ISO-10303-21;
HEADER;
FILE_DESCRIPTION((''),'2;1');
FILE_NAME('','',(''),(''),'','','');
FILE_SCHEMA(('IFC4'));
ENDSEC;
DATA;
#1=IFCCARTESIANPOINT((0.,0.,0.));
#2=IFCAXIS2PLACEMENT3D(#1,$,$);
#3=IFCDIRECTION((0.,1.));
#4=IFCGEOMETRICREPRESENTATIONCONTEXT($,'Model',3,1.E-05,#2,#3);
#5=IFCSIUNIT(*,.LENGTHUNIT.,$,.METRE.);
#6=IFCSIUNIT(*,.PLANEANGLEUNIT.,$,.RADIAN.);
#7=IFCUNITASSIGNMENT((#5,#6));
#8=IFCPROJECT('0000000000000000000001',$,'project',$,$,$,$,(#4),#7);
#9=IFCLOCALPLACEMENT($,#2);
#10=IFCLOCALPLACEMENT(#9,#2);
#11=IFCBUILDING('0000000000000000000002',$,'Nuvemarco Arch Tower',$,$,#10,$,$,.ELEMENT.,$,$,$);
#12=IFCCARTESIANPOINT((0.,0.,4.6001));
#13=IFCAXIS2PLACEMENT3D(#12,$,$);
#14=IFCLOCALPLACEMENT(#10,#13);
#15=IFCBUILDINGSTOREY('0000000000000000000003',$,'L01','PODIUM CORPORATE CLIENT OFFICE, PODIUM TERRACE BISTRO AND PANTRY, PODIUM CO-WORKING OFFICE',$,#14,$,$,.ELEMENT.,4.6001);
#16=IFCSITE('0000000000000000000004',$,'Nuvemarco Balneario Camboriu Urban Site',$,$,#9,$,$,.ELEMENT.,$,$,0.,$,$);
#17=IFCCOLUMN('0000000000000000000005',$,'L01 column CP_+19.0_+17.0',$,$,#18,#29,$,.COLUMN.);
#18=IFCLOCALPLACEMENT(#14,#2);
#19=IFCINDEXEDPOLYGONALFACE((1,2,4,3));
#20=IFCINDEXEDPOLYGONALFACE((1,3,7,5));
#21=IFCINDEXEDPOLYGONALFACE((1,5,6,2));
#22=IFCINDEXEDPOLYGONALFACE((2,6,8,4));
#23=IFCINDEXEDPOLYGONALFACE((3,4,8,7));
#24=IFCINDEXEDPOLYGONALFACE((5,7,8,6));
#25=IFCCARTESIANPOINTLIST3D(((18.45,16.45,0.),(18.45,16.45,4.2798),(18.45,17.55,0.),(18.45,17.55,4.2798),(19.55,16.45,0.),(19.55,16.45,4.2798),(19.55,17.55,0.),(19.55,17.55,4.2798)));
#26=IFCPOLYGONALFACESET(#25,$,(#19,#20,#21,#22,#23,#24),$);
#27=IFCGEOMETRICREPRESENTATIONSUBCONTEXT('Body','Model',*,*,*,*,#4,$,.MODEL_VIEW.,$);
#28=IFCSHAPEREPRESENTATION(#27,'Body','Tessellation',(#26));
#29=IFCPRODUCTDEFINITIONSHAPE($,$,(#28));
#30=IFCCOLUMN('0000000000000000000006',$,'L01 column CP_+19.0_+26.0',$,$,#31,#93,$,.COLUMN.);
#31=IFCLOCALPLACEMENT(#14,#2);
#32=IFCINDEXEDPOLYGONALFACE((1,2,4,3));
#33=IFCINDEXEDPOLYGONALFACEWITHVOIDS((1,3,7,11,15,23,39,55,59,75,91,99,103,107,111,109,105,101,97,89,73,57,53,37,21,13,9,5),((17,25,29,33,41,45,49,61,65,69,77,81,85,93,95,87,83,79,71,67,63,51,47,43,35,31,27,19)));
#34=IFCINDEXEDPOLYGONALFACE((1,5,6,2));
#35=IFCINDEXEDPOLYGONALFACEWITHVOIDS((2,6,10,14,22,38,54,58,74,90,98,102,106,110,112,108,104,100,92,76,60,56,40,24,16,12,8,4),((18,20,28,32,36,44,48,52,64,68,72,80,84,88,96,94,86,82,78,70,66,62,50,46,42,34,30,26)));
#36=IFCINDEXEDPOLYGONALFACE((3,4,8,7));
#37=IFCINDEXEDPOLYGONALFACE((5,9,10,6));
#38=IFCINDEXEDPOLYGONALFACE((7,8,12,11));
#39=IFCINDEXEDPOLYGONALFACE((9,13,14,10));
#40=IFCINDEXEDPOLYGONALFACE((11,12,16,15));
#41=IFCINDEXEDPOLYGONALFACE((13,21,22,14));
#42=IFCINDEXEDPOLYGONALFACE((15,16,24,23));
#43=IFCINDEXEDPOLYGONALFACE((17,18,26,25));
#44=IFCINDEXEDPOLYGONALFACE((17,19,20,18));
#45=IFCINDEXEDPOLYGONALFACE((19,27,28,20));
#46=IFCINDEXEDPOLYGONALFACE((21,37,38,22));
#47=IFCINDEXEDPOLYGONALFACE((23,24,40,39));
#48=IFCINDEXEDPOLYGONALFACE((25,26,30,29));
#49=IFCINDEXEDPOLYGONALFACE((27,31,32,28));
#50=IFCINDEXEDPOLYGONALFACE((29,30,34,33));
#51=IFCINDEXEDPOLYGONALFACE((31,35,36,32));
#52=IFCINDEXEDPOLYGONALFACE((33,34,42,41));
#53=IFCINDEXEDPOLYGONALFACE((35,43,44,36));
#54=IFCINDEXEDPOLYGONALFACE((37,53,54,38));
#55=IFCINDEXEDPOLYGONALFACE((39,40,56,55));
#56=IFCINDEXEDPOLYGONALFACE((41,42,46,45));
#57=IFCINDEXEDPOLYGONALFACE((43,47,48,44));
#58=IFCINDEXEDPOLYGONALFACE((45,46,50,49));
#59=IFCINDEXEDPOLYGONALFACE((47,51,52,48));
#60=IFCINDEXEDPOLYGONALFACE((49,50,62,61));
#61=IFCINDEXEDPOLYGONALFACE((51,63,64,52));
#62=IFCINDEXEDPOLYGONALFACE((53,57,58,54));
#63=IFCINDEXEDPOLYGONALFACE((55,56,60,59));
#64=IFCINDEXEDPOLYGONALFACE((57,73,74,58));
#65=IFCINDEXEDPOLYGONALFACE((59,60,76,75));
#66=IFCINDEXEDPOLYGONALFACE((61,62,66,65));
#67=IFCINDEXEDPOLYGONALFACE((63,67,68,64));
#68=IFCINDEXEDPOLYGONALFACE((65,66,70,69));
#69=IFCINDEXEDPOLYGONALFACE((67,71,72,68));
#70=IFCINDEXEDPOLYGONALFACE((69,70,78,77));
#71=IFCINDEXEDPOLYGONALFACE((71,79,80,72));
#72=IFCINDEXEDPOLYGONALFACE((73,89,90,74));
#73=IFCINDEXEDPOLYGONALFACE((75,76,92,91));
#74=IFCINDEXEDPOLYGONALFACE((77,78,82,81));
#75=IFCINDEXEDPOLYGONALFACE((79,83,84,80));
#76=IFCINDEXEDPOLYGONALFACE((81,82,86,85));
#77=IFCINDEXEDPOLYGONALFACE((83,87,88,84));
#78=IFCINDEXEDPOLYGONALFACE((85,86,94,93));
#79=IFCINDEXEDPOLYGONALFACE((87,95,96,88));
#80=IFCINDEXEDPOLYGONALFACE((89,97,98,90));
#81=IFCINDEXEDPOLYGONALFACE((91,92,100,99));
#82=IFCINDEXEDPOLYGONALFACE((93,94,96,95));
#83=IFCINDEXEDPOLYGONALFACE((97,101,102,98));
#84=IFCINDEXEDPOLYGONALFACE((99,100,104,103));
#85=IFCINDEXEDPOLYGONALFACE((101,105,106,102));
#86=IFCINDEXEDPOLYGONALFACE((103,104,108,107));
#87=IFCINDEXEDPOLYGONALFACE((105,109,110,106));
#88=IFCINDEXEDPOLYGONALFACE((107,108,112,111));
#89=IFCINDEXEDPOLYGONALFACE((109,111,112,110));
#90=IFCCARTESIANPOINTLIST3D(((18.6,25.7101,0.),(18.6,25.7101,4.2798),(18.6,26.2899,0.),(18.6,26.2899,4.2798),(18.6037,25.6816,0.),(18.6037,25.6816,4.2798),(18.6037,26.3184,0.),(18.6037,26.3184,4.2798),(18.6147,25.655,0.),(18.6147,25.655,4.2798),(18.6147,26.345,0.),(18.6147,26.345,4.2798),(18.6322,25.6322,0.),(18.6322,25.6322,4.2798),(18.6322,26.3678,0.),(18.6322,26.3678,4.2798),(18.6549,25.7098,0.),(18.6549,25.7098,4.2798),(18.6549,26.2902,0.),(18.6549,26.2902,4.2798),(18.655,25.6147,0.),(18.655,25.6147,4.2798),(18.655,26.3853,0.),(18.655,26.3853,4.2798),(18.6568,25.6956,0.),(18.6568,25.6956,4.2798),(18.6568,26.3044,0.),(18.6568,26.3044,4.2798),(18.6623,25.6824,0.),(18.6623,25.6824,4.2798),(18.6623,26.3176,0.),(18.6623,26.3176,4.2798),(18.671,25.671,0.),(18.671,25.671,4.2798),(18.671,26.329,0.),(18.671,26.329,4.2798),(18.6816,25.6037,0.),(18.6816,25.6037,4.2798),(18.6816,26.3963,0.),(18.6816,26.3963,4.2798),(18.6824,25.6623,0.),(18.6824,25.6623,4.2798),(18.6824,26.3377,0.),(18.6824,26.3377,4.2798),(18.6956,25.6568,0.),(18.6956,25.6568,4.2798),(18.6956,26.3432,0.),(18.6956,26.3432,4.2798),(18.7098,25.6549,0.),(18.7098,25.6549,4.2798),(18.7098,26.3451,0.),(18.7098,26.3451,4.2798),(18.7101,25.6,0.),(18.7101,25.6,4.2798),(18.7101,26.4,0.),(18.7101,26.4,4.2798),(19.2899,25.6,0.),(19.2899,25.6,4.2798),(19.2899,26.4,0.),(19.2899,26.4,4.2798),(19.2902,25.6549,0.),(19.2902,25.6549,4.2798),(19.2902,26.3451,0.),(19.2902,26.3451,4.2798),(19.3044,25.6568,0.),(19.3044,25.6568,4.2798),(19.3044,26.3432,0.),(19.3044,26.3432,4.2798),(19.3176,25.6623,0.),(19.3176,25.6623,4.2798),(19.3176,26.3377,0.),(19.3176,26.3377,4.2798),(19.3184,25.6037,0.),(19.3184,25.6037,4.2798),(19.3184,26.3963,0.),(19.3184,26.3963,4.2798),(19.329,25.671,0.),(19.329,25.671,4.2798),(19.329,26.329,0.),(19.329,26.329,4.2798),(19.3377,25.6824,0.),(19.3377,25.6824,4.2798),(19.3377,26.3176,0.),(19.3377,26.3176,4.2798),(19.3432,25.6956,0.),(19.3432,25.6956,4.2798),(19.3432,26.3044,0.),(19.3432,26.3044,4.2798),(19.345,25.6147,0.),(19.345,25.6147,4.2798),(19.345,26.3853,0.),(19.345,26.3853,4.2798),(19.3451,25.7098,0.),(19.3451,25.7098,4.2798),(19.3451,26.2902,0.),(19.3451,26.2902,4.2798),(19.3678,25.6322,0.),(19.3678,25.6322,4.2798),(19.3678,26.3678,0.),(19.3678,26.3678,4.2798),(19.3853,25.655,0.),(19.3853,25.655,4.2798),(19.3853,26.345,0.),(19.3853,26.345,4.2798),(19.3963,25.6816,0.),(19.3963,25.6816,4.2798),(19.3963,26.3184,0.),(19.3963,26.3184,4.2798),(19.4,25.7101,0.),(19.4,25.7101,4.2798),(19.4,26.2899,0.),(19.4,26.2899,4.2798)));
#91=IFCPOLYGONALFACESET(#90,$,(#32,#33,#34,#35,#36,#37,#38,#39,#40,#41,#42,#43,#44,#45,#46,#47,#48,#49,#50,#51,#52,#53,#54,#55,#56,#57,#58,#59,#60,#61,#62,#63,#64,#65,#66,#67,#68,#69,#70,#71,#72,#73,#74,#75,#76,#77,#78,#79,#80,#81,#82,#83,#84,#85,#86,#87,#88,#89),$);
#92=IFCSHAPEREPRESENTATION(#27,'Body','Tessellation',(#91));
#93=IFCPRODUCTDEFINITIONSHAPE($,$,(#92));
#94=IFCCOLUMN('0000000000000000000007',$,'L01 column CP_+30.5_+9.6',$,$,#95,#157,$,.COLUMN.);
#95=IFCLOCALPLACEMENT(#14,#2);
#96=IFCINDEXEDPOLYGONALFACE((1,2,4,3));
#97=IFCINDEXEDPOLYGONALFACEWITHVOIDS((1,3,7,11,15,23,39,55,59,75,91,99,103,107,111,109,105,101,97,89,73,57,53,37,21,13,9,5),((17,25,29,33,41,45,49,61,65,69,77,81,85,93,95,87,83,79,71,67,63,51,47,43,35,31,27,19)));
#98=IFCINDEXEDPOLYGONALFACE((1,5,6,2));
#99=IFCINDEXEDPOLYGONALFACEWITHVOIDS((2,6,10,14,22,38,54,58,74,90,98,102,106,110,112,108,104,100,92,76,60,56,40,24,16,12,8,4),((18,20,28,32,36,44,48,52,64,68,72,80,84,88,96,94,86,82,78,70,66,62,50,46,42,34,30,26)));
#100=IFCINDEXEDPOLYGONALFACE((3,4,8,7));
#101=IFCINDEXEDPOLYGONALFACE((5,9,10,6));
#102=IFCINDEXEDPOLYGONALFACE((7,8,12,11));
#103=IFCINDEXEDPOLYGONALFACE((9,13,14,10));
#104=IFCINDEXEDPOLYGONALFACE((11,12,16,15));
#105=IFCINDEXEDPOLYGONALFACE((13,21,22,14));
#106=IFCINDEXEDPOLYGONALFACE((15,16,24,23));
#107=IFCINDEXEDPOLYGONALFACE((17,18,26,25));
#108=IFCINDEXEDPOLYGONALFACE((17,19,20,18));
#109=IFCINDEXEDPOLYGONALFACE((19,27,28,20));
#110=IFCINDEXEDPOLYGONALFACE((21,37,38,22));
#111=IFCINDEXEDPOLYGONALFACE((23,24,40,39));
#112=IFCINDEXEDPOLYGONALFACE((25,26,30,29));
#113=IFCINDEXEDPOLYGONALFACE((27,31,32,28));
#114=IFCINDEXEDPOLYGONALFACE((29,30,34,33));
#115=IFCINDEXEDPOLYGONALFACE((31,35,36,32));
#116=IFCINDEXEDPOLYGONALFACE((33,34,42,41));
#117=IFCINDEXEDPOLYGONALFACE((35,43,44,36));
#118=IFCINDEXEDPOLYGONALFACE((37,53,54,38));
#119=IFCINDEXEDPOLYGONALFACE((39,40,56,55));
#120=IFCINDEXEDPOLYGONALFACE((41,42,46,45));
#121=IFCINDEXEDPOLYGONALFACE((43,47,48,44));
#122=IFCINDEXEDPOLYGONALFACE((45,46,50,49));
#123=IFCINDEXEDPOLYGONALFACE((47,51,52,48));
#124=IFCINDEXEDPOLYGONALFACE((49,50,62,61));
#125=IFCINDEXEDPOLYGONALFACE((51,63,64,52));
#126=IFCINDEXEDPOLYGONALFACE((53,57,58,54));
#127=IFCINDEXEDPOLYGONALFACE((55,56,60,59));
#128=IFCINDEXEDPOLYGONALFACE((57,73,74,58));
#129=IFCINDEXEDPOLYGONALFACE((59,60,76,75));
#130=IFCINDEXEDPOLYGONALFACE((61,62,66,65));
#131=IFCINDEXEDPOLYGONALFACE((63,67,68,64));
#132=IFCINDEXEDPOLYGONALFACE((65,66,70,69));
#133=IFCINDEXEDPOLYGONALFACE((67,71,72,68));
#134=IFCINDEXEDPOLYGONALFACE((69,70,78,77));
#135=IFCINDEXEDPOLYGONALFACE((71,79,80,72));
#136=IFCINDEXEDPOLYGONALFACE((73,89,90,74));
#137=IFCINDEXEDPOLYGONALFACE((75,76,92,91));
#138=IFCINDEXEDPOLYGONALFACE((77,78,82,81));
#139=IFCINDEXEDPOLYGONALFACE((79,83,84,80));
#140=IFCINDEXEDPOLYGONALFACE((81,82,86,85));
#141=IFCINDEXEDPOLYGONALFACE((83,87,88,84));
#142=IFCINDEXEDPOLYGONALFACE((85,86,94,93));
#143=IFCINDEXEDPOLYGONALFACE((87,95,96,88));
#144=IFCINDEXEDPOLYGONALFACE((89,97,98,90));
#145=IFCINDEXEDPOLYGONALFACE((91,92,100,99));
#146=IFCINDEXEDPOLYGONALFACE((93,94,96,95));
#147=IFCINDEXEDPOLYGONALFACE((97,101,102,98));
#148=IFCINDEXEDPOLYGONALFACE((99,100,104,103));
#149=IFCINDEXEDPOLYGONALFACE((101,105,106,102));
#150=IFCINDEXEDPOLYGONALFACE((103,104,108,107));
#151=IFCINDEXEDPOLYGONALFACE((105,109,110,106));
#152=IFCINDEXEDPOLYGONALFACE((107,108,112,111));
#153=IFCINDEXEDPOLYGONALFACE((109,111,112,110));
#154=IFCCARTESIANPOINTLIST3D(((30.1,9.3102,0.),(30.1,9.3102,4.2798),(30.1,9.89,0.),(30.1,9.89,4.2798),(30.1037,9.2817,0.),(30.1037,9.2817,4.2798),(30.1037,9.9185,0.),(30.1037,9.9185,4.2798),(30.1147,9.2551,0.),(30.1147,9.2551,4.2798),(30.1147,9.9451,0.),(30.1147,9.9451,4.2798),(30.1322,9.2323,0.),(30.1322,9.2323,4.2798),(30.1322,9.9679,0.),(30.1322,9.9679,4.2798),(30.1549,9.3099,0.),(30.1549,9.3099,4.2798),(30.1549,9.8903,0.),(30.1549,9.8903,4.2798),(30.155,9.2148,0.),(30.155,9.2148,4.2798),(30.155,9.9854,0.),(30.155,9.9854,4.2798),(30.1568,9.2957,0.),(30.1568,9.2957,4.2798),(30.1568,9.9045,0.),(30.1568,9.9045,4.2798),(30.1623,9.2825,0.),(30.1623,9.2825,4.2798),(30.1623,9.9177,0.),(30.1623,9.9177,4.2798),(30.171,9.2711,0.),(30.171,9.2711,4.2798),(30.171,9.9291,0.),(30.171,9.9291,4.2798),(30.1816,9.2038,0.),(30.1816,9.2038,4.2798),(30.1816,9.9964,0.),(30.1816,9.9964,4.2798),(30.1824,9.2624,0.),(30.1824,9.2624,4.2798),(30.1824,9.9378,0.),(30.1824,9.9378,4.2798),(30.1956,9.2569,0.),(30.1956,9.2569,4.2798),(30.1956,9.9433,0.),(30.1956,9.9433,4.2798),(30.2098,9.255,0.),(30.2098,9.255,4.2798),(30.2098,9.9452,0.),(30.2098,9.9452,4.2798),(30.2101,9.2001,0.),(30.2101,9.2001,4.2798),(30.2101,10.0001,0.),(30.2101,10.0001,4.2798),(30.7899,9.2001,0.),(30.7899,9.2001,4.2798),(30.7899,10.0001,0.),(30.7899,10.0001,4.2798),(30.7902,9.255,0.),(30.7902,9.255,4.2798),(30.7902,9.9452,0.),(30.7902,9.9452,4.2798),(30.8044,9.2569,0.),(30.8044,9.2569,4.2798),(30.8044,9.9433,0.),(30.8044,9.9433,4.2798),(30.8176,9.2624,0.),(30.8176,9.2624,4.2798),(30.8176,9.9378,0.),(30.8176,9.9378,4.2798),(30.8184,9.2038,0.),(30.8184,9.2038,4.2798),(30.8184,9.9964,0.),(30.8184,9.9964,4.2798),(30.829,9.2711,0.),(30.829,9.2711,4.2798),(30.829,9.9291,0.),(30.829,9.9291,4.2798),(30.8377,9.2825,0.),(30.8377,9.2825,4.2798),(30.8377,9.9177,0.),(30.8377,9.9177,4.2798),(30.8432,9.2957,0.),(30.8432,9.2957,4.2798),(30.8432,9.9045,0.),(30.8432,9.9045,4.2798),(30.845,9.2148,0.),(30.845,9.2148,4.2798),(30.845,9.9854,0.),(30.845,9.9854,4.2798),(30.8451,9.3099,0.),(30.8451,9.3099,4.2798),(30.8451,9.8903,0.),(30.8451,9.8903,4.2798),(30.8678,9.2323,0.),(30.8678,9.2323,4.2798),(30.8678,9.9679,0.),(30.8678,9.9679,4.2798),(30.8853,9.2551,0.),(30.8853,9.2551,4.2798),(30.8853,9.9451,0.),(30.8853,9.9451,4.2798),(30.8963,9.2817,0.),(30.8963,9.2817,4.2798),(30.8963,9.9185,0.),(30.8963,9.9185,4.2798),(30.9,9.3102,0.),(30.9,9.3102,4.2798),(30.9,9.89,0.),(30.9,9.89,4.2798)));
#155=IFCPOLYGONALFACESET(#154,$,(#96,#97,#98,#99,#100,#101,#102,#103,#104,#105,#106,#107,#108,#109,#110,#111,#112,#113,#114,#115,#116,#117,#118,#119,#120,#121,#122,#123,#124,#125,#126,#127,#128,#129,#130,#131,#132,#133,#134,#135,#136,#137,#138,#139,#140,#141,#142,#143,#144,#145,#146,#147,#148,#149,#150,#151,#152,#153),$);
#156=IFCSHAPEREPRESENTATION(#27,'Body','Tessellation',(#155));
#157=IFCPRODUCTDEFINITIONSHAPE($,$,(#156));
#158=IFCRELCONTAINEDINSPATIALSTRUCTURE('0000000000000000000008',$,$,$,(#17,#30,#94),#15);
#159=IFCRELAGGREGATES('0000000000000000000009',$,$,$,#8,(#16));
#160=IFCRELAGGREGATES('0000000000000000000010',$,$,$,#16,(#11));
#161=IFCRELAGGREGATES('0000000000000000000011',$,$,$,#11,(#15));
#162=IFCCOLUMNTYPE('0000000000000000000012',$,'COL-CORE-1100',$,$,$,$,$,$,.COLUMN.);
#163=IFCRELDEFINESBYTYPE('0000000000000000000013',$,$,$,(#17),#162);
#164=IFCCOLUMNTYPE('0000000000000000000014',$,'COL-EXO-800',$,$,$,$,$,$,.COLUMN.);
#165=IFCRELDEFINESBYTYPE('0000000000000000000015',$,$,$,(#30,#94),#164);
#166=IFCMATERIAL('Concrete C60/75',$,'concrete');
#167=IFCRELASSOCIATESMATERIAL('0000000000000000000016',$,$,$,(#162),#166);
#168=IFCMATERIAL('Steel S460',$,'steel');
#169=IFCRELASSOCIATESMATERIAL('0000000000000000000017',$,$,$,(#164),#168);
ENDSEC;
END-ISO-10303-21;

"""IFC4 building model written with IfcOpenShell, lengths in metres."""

from ifc_helpers import new_model, si_unit, direction, frame, origin, origin_2d, place, context, subcontext, project, spatial, rectangle, hollow_rectangle, extrude, material, material_profile, profile_set, type_object, element, save


model = new_model("IFC4")

# Units and contexts
model_context = context("Model", 3, precision=1e-05, world=origin(), true_north=direction((0.0, 1.0)))
body_context = subcontext(model_context, "Body", "Model", "MODEL_VIEW")
ifc_project = project(units=[si_unit("LENGTHUNIT", "METRE"), si_unit("PLANEANGLEUNIT", "RADIAN")], contexts=[model_context])

# Site, building, storey
site_placement = place(None, origin())
site = spatial("IfcSite", under=ifc_project, at=site_placement, Name="Nuvemarco Balneario Camboriu Urban Site", CompositionType="ELEMENT", RefElevation=0.0)
building_placement = place(site_placement, origin())
building = spatial("IfcBuilding", under=site, at=building_placement, Name="Nuvemarco Arch Tower", CompositionType="ELEMENT")
storey_placement = place(building_placement, frame((0.0, 0.0, 4.6001)))
storey = spatial("IfcBuildingStorey", under=building, at=storey_placement, Name="L01", Description="PODIUM CORPORATE CLIENT OFFICE, PODIUM TERRACE BISTRO AND PANTRY, PODIUM CO-WORKING OFFICE", CompositionType="ELEMENT", Elevation=4.6001)

# Columns
ifc_material_1 = material(Name="Concrete C60/75", Category="concrete")
ifc_material_profile_1 = material_profile(ifc_material_1, rectangle(XDim=1.1001, YDim=1.1001, at=origin_2d()), Name="RC-COL-1100x1100")
ifc_profile_set_1 = profile_set([ifc_material_profile_1], Name="Concrete C60/75")
column_type_1 = type_object("IfcColumnType", Name="COL-CORE-1100", PredefinedType="COLUMN", material=ifc_profile_set_1)
column_placement = place(storey_placement, frame((19.0, 17.0, 0.0), z_axis=(0.0, 0.0, 1.0), x_axis=(1.0, 0.0, 0.0)))
element("IfcColumn", 1, at=column_placement, inside=storey, type_object=column_type_1, Name="L01 column CP_+19.0_+17.0", PredefinedType="COLUMN", context=body_context, shape_type="SweptSolid", body=[
    extrude(rectangle(XDim=1.1001, YDim=1.1001, at=origin_2d()), origin(), (0.0, 0.0, 1.0), 4.2798),
])
ifc_material_2 = material(Name="Steel S460", Category="steel")
ifc_material_profile_2 = material_profile(ifc_material_2, hollow_rectangle(XDim=0.8, YDim=0.8, WallThickness=0.0549, InnerFilletRadius=0.0549, OuterFilletRadius=0.1101, at=origin_2d()), Name="SHS800x800x55")
ifc_profile_set_2 = profile_set([ifc_material_profile_2], Name="Steel S460")
column_type_2 = type_object("IfcColumnType", Name="COL-EXO-800", PredefinedType="COLUMN", material=ifc_profile_set_2)
for number, where, z_axis, x_axis, name in (
    (2, (19.0, 26.0, 0.0), (0.0, 0.0, 1.0), (1.0, 0.0, 0.0), "L01 column CP_+19.0_+26.0"),
    (3, (30.5, 9.6001, 0.0), (0.0, 0.0, 1.0), (1.0, 0.0, 0.0), "L01 column CP_+30.5_+9.6"),
):
    element("IfcColumn", number, at=place(storey_placement, frame(where, z_axis=z_axis, x_axis=x_axis)), inside=storey, type_object=column_type_2, Name=name, PredefinedType="COLUMN", context=body_context, shape_type="SweptSolid", body=[
        extrude(hollow_rectangle(XDim=0.8, YDim=0.8, WallThickness=0.0549, InnerFilletRadius=0.0549, OuterFilletRadius=0.1101, at=origin_2d()), origin(), (0.0, 0.0, 1.0), 4.2798),
    ])

save(model, "model.ifc")
